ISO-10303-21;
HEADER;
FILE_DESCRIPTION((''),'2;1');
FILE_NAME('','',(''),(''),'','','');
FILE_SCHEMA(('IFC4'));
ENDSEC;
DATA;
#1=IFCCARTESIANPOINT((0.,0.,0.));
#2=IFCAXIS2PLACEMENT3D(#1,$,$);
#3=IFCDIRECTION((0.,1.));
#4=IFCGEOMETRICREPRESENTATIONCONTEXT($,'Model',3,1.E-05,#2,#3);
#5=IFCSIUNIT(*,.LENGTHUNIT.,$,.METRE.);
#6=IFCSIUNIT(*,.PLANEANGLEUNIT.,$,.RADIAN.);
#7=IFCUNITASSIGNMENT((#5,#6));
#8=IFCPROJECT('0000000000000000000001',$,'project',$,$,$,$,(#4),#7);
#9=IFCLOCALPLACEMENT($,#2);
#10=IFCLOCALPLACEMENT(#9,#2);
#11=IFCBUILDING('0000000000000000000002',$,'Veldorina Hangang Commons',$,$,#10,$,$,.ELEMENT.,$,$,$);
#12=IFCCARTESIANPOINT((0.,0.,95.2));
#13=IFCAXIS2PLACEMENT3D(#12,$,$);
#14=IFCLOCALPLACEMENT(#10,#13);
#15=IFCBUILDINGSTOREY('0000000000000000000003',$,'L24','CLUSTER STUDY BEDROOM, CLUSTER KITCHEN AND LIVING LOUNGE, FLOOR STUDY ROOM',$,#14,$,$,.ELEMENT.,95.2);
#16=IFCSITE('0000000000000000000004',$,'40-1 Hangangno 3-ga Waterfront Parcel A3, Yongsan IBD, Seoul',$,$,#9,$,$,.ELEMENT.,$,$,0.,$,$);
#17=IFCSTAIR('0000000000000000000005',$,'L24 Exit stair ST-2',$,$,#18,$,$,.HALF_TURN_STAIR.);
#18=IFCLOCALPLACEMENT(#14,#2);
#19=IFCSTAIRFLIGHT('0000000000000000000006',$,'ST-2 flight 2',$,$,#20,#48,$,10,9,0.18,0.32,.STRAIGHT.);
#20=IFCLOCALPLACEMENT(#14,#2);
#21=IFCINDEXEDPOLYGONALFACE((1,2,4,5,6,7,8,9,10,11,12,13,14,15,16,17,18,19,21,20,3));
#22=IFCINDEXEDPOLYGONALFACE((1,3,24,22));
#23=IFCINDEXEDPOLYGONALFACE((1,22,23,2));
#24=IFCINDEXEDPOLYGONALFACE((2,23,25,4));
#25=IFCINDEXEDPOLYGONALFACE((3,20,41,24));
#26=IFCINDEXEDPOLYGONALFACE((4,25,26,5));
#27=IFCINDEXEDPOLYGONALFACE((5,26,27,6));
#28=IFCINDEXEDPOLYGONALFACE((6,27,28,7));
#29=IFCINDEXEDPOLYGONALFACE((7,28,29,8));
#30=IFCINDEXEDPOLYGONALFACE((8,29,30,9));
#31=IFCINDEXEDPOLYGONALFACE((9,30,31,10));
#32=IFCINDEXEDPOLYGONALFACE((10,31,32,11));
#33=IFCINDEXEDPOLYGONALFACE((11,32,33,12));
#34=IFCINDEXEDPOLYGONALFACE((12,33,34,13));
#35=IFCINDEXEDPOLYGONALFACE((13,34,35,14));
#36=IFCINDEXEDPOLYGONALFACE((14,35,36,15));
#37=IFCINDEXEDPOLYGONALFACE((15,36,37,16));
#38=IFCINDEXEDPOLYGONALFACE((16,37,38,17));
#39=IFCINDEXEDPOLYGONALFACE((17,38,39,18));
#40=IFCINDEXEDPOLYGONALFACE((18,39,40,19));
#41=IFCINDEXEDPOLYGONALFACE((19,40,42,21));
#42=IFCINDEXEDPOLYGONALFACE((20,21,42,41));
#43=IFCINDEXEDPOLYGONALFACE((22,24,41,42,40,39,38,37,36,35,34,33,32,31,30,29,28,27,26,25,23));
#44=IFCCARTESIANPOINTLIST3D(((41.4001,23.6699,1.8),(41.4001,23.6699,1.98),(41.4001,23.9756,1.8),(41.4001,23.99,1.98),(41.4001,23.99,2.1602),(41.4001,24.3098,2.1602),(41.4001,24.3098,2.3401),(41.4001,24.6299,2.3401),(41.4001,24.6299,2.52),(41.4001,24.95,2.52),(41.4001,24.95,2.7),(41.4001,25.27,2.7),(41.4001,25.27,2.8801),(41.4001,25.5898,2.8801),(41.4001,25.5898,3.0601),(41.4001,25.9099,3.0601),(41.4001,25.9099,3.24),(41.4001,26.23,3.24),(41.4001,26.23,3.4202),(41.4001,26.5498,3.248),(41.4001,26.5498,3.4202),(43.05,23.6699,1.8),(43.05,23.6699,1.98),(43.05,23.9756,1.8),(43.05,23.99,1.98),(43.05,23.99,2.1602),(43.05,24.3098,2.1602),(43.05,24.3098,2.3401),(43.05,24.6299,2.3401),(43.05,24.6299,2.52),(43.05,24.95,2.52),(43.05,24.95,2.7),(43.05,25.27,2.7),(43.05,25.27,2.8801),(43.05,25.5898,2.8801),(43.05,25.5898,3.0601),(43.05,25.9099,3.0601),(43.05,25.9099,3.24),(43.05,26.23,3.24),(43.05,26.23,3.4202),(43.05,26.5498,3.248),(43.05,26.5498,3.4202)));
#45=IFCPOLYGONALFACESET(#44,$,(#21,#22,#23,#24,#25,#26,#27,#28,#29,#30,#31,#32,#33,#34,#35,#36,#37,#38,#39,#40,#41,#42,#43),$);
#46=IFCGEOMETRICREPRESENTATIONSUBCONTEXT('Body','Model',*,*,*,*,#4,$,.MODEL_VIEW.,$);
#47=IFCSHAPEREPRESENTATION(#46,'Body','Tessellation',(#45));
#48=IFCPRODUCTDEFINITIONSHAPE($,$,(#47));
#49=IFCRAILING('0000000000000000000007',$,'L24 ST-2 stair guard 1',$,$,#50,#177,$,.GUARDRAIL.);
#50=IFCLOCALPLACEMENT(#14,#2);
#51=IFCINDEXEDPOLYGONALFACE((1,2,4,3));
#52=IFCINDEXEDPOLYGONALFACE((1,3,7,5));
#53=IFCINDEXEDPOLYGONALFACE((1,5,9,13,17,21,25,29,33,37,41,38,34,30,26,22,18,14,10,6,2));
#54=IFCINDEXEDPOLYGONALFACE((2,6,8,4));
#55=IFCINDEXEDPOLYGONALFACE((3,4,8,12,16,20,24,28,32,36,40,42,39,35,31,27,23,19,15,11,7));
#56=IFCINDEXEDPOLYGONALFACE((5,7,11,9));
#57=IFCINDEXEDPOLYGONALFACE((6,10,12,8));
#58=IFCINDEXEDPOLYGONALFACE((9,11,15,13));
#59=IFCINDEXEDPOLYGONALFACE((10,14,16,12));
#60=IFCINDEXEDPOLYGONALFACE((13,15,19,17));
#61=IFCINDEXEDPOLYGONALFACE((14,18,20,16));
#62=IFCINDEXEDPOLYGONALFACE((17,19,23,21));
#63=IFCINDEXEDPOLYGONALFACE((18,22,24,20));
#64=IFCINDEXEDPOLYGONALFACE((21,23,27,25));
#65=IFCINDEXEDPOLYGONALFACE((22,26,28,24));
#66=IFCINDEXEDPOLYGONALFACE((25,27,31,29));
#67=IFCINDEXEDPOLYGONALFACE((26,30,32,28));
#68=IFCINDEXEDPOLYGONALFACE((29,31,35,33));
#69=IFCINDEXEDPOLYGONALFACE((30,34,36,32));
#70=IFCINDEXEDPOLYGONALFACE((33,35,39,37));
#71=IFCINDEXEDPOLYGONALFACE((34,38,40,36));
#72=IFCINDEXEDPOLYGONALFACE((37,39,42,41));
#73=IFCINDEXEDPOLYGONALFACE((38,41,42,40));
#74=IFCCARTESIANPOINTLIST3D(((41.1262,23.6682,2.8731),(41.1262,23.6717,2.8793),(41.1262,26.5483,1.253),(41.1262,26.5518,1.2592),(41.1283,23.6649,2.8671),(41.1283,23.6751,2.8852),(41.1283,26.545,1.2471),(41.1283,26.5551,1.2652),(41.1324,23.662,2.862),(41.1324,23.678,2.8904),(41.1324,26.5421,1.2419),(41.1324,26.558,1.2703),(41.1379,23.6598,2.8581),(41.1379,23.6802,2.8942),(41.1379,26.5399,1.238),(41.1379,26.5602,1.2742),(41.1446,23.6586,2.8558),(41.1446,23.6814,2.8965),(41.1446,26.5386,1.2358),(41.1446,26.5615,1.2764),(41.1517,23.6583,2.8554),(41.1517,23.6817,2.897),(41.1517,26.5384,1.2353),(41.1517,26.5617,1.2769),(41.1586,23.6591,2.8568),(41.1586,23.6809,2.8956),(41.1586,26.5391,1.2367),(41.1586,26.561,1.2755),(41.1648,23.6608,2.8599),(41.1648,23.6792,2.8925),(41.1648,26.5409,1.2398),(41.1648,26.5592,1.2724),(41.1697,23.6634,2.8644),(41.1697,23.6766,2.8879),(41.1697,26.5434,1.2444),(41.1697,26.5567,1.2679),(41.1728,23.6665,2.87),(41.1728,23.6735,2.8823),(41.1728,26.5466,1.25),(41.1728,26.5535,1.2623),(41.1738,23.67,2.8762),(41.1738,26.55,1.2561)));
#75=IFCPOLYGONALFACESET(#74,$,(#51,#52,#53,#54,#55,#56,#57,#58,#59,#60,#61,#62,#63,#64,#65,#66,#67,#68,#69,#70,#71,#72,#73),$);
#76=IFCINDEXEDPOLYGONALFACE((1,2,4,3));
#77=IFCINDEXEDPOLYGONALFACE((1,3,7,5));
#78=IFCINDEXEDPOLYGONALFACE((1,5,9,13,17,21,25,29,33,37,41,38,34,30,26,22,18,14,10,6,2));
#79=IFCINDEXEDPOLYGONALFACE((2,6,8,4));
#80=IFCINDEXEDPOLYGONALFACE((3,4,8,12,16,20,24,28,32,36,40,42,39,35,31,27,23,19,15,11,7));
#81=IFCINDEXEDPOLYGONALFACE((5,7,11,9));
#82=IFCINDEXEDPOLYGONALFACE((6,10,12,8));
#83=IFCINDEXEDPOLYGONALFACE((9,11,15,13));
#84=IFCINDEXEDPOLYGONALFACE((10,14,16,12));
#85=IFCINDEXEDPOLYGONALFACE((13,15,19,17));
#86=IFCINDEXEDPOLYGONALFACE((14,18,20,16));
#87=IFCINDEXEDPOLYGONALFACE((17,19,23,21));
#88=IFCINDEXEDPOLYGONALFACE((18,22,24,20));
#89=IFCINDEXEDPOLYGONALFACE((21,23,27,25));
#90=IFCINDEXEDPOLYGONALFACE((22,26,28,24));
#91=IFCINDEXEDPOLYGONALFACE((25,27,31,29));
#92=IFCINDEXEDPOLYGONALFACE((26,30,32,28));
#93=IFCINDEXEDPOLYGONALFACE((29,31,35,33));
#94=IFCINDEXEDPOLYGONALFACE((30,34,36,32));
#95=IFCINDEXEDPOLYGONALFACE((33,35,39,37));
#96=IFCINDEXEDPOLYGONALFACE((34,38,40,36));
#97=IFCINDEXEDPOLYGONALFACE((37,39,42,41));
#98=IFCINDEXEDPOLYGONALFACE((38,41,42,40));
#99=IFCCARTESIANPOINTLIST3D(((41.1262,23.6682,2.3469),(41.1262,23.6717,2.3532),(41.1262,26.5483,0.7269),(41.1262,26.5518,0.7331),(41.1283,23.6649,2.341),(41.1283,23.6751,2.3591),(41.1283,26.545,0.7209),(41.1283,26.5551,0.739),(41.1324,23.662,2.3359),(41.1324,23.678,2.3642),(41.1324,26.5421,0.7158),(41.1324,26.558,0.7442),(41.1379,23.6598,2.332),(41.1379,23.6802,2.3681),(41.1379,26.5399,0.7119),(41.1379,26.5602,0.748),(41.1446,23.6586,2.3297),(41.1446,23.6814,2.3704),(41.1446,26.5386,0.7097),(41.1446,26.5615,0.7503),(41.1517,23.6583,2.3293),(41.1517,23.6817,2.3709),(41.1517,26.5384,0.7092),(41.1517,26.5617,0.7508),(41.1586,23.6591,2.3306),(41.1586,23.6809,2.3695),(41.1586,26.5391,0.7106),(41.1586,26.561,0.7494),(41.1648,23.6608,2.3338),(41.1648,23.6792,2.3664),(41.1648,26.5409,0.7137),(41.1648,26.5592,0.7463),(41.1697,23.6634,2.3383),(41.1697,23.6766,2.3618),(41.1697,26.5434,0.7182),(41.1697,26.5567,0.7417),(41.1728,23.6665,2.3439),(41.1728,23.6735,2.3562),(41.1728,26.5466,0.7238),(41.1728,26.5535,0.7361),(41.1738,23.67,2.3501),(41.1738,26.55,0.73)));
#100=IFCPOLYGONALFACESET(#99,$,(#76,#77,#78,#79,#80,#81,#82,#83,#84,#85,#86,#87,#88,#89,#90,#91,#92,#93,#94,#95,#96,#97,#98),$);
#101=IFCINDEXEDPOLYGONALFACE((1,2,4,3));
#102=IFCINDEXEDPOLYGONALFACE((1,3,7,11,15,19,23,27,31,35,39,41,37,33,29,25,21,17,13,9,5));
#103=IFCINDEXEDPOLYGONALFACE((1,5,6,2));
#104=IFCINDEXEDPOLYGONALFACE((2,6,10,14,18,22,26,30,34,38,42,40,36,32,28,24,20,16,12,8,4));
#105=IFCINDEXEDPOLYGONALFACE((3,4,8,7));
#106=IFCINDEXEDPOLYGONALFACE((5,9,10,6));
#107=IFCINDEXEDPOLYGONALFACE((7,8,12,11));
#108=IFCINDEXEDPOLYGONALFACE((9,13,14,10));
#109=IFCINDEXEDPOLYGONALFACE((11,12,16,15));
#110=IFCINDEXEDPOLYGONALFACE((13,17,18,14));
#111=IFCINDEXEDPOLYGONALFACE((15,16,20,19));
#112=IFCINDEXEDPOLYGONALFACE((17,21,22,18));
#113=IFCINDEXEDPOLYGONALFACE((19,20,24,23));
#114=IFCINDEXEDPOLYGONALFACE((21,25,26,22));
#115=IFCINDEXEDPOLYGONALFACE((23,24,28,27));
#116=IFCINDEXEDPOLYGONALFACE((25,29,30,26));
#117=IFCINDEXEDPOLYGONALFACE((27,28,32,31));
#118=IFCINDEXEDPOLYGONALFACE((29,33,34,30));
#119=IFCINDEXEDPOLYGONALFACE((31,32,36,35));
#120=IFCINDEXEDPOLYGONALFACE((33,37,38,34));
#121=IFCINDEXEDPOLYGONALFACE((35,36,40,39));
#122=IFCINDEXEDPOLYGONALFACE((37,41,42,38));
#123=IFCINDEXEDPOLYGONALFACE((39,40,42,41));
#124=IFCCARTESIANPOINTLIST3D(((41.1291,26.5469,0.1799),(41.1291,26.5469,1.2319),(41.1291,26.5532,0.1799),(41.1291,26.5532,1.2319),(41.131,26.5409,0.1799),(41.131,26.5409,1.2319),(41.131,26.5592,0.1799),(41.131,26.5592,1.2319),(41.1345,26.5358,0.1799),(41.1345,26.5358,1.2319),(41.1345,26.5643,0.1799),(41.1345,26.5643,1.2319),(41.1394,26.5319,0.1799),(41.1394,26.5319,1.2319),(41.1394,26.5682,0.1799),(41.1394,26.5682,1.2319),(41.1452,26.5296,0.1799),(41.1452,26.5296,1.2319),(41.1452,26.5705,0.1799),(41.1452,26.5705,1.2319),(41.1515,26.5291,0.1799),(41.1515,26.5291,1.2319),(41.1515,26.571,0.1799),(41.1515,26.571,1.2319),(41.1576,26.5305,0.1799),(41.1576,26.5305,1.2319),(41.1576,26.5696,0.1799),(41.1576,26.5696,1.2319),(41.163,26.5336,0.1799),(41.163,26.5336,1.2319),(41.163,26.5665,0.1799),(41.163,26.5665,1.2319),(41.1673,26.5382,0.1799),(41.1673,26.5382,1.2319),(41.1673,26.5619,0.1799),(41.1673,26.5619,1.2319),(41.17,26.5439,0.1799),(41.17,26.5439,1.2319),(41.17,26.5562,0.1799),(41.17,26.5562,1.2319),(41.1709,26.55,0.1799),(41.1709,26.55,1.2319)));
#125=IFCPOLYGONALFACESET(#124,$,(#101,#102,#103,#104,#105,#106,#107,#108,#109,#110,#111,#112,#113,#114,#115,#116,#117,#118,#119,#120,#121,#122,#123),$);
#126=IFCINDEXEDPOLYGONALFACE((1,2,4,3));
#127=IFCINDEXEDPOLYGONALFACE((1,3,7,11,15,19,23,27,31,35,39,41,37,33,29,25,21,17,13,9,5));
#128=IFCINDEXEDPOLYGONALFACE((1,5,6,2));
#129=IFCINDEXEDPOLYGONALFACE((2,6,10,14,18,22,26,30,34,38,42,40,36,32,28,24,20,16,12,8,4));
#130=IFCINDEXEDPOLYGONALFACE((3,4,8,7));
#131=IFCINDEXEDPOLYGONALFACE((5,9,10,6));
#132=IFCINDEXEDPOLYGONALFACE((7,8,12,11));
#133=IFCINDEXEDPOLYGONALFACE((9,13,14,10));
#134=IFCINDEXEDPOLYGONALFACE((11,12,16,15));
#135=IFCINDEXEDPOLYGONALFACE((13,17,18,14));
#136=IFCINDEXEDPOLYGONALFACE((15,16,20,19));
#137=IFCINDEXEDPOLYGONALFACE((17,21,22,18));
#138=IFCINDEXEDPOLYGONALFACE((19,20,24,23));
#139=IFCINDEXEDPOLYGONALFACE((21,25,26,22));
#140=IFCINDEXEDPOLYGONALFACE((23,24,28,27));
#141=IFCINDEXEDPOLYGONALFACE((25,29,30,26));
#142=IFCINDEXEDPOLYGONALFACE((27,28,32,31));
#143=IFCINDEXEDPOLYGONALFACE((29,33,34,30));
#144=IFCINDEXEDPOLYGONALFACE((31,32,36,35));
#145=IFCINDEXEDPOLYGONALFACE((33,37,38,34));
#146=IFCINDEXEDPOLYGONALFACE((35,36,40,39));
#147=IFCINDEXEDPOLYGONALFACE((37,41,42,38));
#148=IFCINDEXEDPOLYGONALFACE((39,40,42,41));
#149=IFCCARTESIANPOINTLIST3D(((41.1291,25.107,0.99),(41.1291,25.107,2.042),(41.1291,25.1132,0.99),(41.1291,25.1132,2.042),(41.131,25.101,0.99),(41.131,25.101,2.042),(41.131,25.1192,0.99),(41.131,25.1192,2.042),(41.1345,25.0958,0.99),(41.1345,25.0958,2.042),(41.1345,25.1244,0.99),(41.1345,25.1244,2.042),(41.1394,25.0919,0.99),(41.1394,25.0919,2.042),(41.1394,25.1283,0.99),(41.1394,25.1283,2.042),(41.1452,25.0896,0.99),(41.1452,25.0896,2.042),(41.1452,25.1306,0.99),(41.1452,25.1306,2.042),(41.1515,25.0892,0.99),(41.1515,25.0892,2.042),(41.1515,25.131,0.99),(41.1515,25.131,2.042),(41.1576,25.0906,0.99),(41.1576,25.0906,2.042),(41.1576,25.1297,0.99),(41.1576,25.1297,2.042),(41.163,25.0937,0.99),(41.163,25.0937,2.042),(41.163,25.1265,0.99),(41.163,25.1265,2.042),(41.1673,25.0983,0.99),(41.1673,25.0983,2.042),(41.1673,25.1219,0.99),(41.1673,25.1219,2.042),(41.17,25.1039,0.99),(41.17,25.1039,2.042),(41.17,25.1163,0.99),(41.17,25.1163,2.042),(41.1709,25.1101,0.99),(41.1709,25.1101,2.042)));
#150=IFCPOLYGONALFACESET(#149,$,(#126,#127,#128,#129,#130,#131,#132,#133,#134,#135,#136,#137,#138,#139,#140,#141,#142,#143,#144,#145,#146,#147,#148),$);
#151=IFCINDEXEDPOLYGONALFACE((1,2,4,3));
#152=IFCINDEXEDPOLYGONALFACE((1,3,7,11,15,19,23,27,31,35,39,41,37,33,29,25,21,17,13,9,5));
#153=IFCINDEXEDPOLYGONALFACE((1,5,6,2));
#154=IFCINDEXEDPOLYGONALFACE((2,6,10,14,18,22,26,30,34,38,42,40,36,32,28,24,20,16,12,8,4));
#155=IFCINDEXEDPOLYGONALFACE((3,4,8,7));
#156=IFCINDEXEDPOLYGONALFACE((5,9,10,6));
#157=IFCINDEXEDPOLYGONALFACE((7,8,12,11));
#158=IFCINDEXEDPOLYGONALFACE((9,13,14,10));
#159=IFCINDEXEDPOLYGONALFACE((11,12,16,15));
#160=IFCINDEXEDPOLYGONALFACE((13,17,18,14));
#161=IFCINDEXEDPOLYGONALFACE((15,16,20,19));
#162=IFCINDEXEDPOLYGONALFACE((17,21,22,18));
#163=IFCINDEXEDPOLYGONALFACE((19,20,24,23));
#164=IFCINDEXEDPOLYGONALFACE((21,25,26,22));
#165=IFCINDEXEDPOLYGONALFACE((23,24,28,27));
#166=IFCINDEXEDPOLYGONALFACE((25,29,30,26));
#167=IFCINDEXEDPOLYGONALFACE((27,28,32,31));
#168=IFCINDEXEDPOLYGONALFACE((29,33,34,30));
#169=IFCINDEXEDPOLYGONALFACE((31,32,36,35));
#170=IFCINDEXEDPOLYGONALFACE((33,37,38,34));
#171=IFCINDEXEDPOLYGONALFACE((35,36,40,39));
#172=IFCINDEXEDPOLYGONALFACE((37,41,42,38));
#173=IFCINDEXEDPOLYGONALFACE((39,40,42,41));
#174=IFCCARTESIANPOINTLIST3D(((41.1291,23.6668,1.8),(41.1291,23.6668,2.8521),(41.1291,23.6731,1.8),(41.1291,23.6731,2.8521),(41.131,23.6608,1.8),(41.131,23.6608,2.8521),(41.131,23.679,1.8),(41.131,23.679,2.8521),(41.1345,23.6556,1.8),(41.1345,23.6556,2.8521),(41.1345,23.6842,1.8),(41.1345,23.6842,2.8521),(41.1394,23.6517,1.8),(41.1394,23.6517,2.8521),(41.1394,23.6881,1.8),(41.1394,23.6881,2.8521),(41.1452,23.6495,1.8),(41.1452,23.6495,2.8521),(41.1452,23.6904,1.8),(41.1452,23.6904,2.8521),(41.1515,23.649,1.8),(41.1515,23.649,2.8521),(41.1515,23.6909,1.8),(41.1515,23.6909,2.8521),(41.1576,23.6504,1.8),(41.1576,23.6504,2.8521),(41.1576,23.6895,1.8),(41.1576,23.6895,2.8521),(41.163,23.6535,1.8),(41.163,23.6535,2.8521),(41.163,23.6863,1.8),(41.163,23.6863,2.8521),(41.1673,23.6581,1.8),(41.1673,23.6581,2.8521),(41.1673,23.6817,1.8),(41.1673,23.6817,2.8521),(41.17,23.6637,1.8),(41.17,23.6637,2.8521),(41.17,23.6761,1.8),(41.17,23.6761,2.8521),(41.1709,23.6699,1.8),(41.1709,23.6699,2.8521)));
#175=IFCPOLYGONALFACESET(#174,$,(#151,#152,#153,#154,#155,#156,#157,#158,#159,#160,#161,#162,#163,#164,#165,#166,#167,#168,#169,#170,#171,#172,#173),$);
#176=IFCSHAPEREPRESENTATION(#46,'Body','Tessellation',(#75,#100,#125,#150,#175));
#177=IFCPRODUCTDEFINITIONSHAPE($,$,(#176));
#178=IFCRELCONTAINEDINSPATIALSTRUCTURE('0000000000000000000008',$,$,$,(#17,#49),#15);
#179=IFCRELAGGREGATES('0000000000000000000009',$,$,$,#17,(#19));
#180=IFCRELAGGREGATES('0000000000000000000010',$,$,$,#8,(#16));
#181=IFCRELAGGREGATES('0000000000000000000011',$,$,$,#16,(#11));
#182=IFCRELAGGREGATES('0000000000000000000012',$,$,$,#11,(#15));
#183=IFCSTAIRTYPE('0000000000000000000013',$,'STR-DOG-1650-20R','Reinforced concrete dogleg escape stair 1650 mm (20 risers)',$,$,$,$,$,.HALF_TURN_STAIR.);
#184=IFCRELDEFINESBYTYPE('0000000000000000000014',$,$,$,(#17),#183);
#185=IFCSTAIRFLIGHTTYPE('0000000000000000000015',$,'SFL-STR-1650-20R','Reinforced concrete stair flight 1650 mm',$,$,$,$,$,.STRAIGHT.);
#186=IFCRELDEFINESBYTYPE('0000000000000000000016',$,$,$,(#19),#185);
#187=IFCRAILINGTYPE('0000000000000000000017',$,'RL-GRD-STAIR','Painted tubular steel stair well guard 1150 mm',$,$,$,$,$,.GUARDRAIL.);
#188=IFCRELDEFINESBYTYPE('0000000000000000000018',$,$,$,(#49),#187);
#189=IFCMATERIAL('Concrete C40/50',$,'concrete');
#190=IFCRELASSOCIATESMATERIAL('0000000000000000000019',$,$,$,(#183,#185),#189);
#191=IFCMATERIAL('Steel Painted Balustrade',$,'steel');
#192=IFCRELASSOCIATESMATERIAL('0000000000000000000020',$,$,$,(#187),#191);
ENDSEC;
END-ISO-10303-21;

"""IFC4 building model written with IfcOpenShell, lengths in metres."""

from ifc_helpers import new_model, si_unit, direction, frame, origin, origin_2d, place, context, subcontext, project, spatial, polyline, circle, outline, extrude, material, type_object, element, aggregate, save


model = new_model("IFC4")

# Units and contexts
model_context = context("Model", 3, precision=1e-05, world=origin(), true_north=direction((0.0, 1.0)))
body_context = subcontext(model_context, "Body", "Model", "MODEL_VIEW")
ifc_project = project(units=[si_unit("LENGTHUNIT", "METRE"), si_unit("PLANEANGLEUNIT", "RADIAN")], contexts=[model_context])

# Site, building, storey
site_placement = place(None, origin())
site = spatial("IfcSite", under=ifc_project, at=site_placement, Name="40-1 Hangangno 3-ga Waterfront Parcel A3, Yongsan IBD, Seoul", CompositionType="ELEMENT", RefElevation=0.0)
building_placement = place(site_placement, origin())
building = spatial("IfcBuilding", under=site, at=building_placement, Name="Veldorina Hangang Commons", CompositionType="ELEMENT")
storey_placement = place(building_placement, frame((0.0, 0.0, 95.2)))
storey = spatial("IfcBuildingStorey", under=building, at=storey_placement, Name="L24", Description="CLUSTER STUDY BEDROOM, CLUSTER KITCHEN AND LIVING LOUNGE, FLOOR STUDY ROOM", CompositionType="ELEMENT", Elevation=95.2)

# Stair, stair flight
ifc_material_1 = material(Name="Concrete C40/50", Category="concrete")
stair_type = type_object("IfcStairType", Name="STR-DOG-1650-20R", Description="Reinforced concrete dogleg escape stair 1650 mm (20 risers)", PredefinedType="HALF_TURN_STAIR", material=ifc_material_1)
stair_placement = place(storey_placement, origin())
stair = element("IfcStair", 1, at=stair_placement, inside=storey, type_object=stair_type, Name="L24 Exit stair ST-2", PredefinedType="HALF_TURN_STAIR")
stair_flight_type = type_object("IfcStairFlightType", Name="SFL-STR-1650-20R", Description="Reinforced concrete stair flight 1650 mm", PredefinedType="STRAIGHT", material=ifc_material_1)
stair_flight_1_placement = place(storey_placement, frame((42.2251, 23.6699, 1.8), z_axis=(0.0, 0.0, 1.0), x_axis=(0.0, 1.0, 0.0)))
stair_flight_1 = element("IfcStairFlight", 2, at=stair_flight_1_placement, type_object=stair_flight_type, Name="ST-2 flight 2", NumberOfRisers=10, NumberOfTreads=9, PredefinedType="STRAIGHT", RiserHeight=0.18, TreadLength=0.32, context=body_context, shape_type="SweptSolid", body=[
    extrude(outline(polyline([(0.0, 0.0), (0.0, 0.1799), (0.3201, 0.1799), (0.3201, 0.3601), (0.6399, 0.3601), (0.6399, 0.54), (0.96, 0.54), (0.96, 0.72), (1.28, 0.72), (1.28, 0.8999), (1.6001, 0.8999), (1.6001, 1.0801), (1.9199, 1.0801), (1.9199, 1.26), (2.24, 1.26), (2.24, 1.4399), (2.5601, 1.4399), (2.5601, 1.6201), (2.8799, 1.6201), (2.8799, 1.8), (2.8799, 1.448), (0.3057, 0.0), (0.0, 0.0)])), frame((0.0, 0.825, 0.0), z_axis=(0.0, -1.0, 0.0), x_axis=(1.0, 0.0, 0.0)), (0.0, 0.0, 1.0), 1.6499),
])
aggregate(stair, [stair_flight_1])

# Railing
ifc_material_2 = material(Name="Steel Painted Balustrade", Category="steel")
railing_type_1 = type_object("IfcRailingType", Name="RL-GRD-STAIR", Description="Painted tubular steel stair well guard 1150 mm", PredefinedType="GUARDRAIL", material=ifc_material_2)
railing_1_placement = place(storey_placement, frame((41.1499, 26.55, 0.1799)))
element("IfcRailing", 3, at=railing_1_placement, inside=storey, type_object=railing_type_1, Name="L24 ST-2 stair guard 1", PredefinedType="GUARDRAIL", context=body_context, shape_type="SweptSolid", body=[
    extrude(circle(Radius=0.0239, at=origin_2d()), frame((0.0, 0.0, 1.0762), z_axis=(0.0, -0.87157, 0.490272), x_axis=(1.0, 0.0, 0.0)), (0.0, 0.0, 1.0), 3.3044),
    extrude(circle(Radius=0.0239, at=origin_2d()), frame((0.0, 0.0, 0.55), z_axis=(0.0, -0.87157, 0.490272), x_axis=(1.0, 0.0, 0.0)), (0.0, 0.0, 1.0), 3.3044),
    extrude(circle(Radius=0.021, at=origin_2d()), origin(), (0.0, 0.0, 1.0), 1.052),
    extrude(circle(Radius=0.021, at=origin_2d()), frame((0.0, -1.4399, 0.8101)), (0.0, 0.0, 1.0), 1.052),
    extrude(circle(Radius=0.021, at=origin_2d()), frame((0.0, -2.8801, 1.6201)), (0.0, 0.0, 1.0), 1.052),
])

save(model, "model.ifc")
